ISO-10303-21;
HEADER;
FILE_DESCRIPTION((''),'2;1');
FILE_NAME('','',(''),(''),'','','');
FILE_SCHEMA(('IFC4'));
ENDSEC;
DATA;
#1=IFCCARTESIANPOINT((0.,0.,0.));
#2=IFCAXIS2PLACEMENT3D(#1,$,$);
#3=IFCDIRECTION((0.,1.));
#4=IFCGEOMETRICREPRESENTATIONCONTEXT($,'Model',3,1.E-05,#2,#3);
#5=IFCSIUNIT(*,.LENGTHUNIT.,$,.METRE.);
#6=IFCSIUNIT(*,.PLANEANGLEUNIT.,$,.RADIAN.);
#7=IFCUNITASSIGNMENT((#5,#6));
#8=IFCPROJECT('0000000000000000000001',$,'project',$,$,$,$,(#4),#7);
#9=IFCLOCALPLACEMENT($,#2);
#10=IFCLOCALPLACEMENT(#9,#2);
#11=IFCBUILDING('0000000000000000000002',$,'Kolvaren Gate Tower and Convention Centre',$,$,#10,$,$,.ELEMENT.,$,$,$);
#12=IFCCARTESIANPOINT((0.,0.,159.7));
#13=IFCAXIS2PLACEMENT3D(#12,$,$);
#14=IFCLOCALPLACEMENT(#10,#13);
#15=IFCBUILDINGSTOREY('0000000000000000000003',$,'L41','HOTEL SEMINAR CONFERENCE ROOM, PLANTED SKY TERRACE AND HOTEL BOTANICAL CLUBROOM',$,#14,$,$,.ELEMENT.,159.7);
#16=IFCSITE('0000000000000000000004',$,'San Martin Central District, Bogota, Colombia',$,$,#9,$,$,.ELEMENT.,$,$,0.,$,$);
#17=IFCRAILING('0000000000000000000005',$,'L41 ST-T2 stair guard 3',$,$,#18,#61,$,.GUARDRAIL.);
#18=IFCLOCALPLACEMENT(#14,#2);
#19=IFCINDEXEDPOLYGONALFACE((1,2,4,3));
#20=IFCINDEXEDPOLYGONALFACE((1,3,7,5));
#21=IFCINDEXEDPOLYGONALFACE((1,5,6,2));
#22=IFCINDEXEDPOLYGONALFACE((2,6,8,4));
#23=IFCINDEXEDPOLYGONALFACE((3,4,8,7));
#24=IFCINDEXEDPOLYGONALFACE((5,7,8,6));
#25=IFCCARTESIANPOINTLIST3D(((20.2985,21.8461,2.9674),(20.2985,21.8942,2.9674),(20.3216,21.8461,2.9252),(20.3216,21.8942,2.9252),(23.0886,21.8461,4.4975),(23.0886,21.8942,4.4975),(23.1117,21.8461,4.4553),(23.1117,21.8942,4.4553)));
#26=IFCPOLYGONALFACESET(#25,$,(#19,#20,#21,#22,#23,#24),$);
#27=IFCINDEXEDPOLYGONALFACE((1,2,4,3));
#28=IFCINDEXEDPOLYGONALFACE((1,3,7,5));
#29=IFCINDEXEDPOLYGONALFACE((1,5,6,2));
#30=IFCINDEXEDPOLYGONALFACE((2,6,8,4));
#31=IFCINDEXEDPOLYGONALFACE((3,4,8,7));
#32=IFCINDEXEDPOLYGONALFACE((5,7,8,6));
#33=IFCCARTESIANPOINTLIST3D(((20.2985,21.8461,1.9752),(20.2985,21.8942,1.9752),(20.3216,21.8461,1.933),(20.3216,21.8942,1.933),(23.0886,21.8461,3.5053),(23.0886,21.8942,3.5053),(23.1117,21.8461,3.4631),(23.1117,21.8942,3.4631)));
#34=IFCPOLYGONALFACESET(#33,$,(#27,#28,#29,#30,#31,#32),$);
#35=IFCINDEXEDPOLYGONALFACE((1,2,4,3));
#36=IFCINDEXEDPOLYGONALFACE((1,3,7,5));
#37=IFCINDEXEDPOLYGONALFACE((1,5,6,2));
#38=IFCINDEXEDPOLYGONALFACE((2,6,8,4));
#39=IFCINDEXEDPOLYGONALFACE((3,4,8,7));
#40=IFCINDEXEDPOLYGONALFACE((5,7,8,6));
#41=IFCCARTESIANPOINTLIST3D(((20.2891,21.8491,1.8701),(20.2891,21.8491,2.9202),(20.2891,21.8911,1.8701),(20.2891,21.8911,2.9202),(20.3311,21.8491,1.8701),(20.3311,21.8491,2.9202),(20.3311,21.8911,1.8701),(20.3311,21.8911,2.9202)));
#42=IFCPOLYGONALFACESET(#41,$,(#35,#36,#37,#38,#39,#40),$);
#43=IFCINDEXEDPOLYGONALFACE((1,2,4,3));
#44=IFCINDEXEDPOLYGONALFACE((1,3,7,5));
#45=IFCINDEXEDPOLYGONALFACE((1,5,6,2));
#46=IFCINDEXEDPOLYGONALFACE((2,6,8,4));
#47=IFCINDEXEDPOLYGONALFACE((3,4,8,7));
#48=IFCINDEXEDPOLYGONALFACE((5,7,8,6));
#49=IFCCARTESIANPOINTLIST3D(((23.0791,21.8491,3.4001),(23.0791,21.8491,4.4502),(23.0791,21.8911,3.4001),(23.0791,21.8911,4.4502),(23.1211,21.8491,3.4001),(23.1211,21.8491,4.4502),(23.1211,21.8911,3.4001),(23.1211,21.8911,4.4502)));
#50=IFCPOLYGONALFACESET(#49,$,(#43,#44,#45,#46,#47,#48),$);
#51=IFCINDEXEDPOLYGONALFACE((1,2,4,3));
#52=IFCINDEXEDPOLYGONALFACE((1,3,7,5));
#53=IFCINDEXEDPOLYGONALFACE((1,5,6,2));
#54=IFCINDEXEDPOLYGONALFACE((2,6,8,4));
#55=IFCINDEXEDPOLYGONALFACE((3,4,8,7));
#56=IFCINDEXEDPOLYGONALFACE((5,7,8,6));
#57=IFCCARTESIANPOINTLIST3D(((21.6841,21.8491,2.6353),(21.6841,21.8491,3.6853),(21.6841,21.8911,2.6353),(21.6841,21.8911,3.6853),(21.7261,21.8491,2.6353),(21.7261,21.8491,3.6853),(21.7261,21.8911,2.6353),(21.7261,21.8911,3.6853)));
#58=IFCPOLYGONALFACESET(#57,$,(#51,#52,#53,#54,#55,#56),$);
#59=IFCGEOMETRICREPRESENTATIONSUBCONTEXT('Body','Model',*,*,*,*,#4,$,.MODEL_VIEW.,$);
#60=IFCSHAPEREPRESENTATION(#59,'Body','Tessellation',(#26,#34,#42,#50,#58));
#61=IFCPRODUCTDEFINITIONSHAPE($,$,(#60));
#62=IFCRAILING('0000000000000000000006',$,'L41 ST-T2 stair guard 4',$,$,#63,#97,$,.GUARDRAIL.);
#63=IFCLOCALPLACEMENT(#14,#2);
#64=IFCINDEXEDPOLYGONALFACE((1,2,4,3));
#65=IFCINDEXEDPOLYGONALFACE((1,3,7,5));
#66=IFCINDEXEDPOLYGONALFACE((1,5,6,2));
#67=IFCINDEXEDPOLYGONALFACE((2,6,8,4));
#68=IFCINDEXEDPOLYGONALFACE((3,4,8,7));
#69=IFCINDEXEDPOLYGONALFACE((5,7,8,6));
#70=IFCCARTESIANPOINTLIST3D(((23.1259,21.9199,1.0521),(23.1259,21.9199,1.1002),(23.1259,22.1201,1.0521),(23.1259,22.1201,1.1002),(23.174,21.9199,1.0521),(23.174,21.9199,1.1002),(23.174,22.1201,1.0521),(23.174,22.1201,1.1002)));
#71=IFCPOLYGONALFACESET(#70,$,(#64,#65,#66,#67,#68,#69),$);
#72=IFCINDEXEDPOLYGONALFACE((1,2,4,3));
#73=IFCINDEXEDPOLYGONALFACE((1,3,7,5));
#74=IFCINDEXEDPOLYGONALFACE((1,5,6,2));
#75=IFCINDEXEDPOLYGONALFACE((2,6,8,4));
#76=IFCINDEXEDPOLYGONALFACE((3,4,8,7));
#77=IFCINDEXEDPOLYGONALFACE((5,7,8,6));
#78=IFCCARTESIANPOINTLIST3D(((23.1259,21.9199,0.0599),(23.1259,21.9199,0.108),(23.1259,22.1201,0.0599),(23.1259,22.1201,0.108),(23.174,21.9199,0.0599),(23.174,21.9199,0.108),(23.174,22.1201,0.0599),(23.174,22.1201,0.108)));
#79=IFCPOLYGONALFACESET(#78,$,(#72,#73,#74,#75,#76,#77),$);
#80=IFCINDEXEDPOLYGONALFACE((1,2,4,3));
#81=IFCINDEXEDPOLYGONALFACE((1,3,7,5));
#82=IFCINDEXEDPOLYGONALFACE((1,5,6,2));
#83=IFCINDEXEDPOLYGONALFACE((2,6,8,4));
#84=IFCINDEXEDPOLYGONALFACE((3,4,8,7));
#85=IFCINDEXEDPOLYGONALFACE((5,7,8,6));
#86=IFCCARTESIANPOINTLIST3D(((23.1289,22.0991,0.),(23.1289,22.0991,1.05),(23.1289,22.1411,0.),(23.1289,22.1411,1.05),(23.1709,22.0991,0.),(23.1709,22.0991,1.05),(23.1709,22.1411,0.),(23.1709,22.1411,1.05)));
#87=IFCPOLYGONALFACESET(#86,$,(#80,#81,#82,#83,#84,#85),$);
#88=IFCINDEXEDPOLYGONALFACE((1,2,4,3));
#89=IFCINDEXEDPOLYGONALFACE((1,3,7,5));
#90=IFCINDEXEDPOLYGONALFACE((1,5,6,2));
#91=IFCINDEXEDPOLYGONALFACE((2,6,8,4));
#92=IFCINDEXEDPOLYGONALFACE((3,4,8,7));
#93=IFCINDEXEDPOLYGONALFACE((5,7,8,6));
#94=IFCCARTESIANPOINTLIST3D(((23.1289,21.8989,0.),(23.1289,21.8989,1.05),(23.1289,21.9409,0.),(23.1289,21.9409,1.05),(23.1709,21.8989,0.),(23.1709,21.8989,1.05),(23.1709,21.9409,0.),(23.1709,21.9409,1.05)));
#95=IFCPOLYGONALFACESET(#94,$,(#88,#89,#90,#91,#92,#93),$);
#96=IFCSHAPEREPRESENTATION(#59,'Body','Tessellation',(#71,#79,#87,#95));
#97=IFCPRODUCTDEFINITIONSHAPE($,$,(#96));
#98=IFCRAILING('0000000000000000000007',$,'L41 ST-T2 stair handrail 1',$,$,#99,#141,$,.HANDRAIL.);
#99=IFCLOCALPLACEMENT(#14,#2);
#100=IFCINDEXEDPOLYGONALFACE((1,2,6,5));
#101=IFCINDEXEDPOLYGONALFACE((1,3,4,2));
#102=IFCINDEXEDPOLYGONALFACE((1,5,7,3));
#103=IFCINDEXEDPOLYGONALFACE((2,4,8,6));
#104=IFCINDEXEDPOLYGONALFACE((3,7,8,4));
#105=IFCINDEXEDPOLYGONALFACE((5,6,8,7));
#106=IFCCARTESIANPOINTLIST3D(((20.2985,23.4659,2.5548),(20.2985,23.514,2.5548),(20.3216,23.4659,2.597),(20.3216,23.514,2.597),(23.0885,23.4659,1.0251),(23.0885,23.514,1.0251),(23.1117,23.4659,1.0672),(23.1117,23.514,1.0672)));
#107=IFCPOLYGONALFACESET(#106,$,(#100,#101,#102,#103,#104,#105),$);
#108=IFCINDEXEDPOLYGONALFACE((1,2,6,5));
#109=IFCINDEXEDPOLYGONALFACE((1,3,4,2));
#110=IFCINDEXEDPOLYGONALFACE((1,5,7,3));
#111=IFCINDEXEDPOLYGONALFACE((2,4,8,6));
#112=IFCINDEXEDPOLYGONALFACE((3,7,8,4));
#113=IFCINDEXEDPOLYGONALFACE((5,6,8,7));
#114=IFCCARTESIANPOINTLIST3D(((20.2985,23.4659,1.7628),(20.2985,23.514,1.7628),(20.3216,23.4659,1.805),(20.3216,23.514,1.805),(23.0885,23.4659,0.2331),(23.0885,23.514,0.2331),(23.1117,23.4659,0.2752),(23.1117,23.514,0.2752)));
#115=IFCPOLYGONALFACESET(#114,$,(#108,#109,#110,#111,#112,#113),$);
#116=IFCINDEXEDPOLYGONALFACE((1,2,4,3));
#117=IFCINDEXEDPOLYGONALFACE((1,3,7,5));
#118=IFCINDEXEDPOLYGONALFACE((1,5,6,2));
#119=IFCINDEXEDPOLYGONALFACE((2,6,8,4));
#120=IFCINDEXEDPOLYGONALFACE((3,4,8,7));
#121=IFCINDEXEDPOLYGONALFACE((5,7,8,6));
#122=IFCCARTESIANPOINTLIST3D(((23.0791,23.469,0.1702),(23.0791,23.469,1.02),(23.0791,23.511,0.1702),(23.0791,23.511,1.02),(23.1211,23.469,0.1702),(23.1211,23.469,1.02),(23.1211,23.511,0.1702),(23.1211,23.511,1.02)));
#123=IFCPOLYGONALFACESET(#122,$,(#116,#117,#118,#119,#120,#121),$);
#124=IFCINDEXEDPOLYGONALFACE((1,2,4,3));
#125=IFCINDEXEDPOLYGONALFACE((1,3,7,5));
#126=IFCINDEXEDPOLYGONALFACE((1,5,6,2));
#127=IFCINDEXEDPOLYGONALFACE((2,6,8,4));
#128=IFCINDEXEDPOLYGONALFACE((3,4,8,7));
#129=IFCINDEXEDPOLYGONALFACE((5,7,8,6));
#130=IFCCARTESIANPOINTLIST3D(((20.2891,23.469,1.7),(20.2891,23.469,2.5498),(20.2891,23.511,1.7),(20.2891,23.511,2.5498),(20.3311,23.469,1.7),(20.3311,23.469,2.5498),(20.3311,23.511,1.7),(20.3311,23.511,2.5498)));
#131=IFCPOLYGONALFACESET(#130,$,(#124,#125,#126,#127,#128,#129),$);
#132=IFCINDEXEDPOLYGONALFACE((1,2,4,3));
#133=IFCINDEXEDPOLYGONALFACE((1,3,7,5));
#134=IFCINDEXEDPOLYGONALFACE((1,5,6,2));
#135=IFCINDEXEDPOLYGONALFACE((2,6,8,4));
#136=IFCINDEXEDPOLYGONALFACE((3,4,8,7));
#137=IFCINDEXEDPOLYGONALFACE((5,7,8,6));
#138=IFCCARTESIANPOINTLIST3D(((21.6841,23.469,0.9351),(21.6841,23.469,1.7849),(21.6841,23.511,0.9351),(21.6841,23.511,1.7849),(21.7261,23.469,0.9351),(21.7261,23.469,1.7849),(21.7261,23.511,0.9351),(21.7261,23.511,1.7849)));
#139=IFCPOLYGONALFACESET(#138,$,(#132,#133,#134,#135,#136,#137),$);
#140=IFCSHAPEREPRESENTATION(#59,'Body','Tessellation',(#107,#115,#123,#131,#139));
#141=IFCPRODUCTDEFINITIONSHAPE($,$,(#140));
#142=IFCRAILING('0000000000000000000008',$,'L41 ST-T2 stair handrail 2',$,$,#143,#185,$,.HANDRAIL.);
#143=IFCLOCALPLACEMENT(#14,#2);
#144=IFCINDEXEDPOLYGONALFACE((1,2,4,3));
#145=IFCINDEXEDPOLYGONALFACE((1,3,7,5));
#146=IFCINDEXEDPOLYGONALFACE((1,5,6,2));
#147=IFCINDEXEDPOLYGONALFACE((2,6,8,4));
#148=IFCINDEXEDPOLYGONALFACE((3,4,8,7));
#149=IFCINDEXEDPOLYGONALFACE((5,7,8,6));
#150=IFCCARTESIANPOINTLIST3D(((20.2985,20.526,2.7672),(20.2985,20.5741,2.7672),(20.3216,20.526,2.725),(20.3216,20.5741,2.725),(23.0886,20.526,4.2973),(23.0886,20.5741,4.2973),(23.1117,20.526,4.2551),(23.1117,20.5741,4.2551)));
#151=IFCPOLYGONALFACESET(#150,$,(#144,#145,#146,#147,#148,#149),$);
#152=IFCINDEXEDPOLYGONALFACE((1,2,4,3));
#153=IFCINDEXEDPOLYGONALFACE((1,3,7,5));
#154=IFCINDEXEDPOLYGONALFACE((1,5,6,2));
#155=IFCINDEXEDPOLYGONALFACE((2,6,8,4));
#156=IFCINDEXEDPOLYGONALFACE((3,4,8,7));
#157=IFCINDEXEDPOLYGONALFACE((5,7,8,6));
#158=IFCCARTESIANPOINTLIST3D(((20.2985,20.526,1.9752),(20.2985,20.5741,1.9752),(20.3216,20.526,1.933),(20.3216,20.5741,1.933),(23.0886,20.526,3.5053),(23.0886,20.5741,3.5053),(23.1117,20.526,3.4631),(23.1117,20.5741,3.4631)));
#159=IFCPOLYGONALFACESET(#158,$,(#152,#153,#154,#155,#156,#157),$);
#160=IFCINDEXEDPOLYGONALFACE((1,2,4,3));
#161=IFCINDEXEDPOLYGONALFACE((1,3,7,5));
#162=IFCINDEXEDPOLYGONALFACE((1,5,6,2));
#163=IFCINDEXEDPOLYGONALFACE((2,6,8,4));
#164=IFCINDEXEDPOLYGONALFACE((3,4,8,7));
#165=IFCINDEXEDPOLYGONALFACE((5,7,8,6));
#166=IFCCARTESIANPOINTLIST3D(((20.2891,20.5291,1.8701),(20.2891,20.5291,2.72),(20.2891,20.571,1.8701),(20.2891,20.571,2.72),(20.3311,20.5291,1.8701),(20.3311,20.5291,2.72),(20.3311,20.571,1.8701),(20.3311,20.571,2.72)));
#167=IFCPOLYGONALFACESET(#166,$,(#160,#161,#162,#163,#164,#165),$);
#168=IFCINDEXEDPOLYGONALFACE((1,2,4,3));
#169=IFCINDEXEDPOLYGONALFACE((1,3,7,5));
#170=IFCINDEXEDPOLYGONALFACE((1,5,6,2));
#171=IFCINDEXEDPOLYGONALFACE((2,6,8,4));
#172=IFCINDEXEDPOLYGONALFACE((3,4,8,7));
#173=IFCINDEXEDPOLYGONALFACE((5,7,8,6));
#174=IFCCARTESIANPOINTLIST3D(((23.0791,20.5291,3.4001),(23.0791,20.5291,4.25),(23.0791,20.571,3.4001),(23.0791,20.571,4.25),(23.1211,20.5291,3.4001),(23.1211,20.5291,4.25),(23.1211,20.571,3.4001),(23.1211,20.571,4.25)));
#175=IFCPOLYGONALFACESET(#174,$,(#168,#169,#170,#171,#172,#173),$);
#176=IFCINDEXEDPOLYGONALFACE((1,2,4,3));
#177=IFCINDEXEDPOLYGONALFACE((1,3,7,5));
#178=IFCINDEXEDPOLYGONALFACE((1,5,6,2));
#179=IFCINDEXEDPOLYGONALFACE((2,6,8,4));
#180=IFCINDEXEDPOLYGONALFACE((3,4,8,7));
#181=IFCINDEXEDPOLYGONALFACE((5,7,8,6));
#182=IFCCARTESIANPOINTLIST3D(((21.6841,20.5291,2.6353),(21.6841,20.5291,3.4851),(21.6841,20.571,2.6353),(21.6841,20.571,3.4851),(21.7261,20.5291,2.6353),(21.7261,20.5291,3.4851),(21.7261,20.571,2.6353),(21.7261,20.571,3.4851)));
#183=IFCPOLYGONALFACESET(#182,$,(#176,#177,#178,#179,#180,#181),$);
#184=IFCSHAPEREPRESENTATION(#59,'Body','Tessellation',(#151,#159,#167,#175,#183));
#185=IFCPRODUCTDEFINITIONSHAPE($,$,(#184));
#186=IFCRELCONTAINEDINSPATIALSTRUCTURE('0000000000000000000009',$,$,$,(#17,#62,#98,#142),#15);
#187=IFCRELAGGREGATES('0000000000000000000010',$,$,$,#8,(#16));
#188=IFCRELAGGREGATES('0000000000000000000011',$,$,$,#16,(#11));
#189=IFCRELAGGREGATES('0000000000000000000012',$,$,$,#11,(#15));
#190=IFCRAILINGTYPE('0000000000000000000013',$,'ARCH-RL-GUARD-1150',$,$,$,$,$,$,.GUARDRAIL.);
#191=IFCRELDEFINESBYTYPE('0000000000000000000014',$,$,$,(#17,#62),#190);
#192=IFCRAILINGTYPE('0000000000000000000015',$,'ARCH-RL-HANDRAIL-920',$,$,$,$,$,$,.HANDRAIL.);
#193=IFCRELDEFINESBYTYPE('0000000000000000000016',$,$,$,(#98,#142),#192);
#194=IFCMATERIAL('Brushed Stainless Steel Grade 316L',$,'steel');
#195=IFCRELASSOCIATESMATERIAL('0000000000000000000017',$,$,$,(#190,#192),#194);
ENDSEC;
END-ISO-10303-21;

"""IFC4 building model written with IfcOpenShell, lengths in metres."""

from ifc_helpers import new_model, si_unit, direction, frame, origin, origin_2d, place, context, subcontext, project, spatial, rectangle, extrude, material, type_object, element, save


model = new_model("IFC4")

# Units and contexts
model_context = context("Model", 3, precision=1e-05, world=origin(), true_north=direction((0.0, 1.0)))
body_context = subcontext(model_context, "Body", "Model", "MODEL_VIEW")
ifc_project = project(units=[si_unit("LENGTHUNIT", "METRE"), si_unit("PLANEANGLEUNIT", "RADIAN")], contexts=[model_context])

# Site, building, storey
site_placement = place(None, origin())
site = spatial("IfcSite", under=ifc_project, at=site_placement, Name="San Martin Central District, Bogota, Colombia", CompositionType="ELEMENT", RefElevation=0.0)
building_placement = place(site_placement, origin())
building = spatial("IfcBuilding", under=site, at=building_placement, Name="Kolvaren Gate Tower and Convention Centre", CompositionType="ELEMENT")
storey_placement = place(building_placement, frame((0.0, 0.0, 159.7)))
storey = spatial("IfcBuildingStorey", under=building, at=storey_placement, Name="L41", Description="HOTEL SEMINAR CONFERENCE ROOM, PLANTED SKY TERRACE AND HOTEL BOTANICAL CLUBROOM", CompositionType="ELEMENT", Elevation=159.7)

# Shared definitions
ifc_material_1 = material(Name="Brushed Stainless Steel Grade 316L", Category="steel")

# Railings
railing_type_1 = type_object("IfcRailingType", Name="ARCH-RL-GUARD-1150", PredefinedType="GUARDRAIL", material=ifc_material_1)
railing_1_placement = place(storey_placement, frame((20.3101, 21.8701, 1.8701)))
element("IfcRailing", 1, at=railing_1_placement, inside=storey, type_object=railing_type_1, Name="L41 ST-T2 stair guard 3", PredefinedType="GUARDRAIL", context=body_context, shape_type="SweptSolid", body=[
    extrude(rectangle(XDim=0.0481, YDim=0.0481, at=origin_2d()), frame((0.0, 0.0, 1.0762), z_axis=(0.876811, 0.0, 0.480835), x_axis=(0.0, 1.0, 0.0)), (0.0, 0.0, 1.0), 3.1821),
    extrude(rectangle(XDim=0.0481, YDim=0.0481, at=origin_2d()), frame((0.0, 0.0, 0.084), z_axis=(0.876811, 0.0, 0.480835), x_axis=(0.0, 1.0, 0.0)), (0.0, 0.0, 1.0), 3.1821),
    extrude(rectangle(XDim=0.042, YDim=0.042, at=origin_2d()), origin(), (0.0, 0.0, 1.0), 1.05),
    extrude(rectangle(XDim=0.042, YDim=0.042, at=origin_2d()), frame((2.79, 0.0, 1.53)), (0.0, 0.0, 1.0), 1.05),
    extrude(rectangle(XDim=0.042, YDim=0.042, at=origin_2d()), frame((1.395, 0.0, 0.7651)), (0.0, 0.0, 1.0), 1.05),
])
railing_2_placement = place(storey_placement, frame((23.1499, 22.1201, 0.0)))
element("IfcRailing", 2, at=railing_2_placement, inside=storey, type_object=railing_type_1, Name="L41 ST-T2 stair guard 4", PredefinedType="GUARDRAIL", context=body_context, shape_type="SweptSolid", body=[
    extrude(rectangle(XDim=0.0481, YDim=0.0481, at=origin_2d()), frame((0.0, 0.0, 1.0762), z_axis=(0.0, -1.0, 0.0), x_axis=(1.0, 0.0, 0.0)), (0.0, 0.0, 1.0), 0.2002),
    extrude(rectangle(XDim=0.0481, YDim=0.0481, at=origin_2d()), frame((0.0, 0.0, 0.084), z_axis=(0.0, -1.0, 0.0), x_axis=(1.0, 0.0, 0.0)), (0.0, 0.0, 1.0), 0.2002),
    extrude(rectangle(XDim=0.042, YDim=0.042, at=origin_2d()), origin(), (0.0, 0.0, 1.0), 1.05),
    extrude(rectangle(XDim=0.042, YDim=0.042, at=origin_2d()), frame((0.0, -0.2002, 0.0)), (0.0, 0.0, 1.0), 1.05),
])
railing_type_2 = type_object("IfcRailingType", Name="ARCH-RL-HANDRAIL-920", PredefinedType="HANDRAIL", material=ifc_material_1)
railing_3_placement = place(storey_placement, frame((23.1001, 23.49, 0.1702)))
element("IfcRailing", 3, at=railing_3_placement, inside=storey, type_object=railing_type_2, Name="L41 ST-T2 stair handrail 1", PredefinedType="HANDRAIL", context=body_context, shape_type="SweptSolid", body=[
    extrude(rectangle(XDim=0.0481, YDim=0.0481, at=origin_2d()), frame((0.0, 0.0, 0.876), z_axis=(-0.876844, 0.0, 0.480776), x_axis=(0.0, -1.0, 0.0)), (0.0, 0.0, 1.0), 3.1819),
    extrude(rectangle(XDim=0.0481, YDim=0.0481, at=origin_2d()), frame((0.0, 0.0, 0.084), z_axis=(-0.876844, 0.0, 0.480776), x_axis=(0.0, -1.0, 0.0)), (0.0, 0.0, 1.0), 3.1819),
    extrude(rectangle(XDim=0.042, YDim=0.042, at=origin_2d()), origin(), (0.0, 0.0, 1.0), 0.8499),
    extrude(rectangle(XDim=0.042, YDim=0.042, at=origin_2d()), frame((-2.79, 0.0, 1.5298)), (0.0, 0.0, 1.0), 0.8499),
    extrude(rectangle(XDim=0.042, YDim=0.042, at=origin_2d()), frame((-1.395, 0.0, 0.7649)), (0.0, 0.0, 1.0), 0.8499),
])
railing_4_placement = place(storey_placement, frame((20.3101, 20.55, 1.8701)))
element("IfcRailing", 4, at=railing_4_placement, inside=storey, type_object=railing_type_2, Name="L41 ST-T2 stair handrail 2", PredefinedType="HANDRAIL", context=body_context, shape_type="SweptSolid", body=[
    extrude(rectangle(XDim=0.0481, YDim=0.0481, at=origin_2d()), frame((0.0, 0.0, 0.876), z_axis=(0.876811, 0.0, 0.480835), x_axis=(0.0, 1.0, 0.0)), (0.0, 0.0, 1.0), 3.1821),
    extrude(rectangle(XDim=0.0481, YDim=0.0481, at=origin_2d()), frame((0.0, 0.0, 0.084), z_axis=(0.876811, 0.0, 0.480835), x_axis=(0.0, 1.0, 0.0)), (0.0, 0.0, 1.0), 3.1821),
    extrude(rectangle(XDim=0.042, YDim=0.042, at=origin_2d()), origin(), (0.0, 0.0, 1.0), 0.8499),
    extrude(rectangle(XDim=0.042, YDim=0.042, at=origin_2d()), frame((2.79, 0.0, 1.53)), (0.0, 0.0, 1.0), 0.8499),
    extrude(rectangle(XDim=0.042, YDim=0.042, at=origin_2d()), frame((1.395, 0.0, 0.7651)), (0.0, 0.0, 1.0), 0.8499),
])

save(model, "model.ifc")
